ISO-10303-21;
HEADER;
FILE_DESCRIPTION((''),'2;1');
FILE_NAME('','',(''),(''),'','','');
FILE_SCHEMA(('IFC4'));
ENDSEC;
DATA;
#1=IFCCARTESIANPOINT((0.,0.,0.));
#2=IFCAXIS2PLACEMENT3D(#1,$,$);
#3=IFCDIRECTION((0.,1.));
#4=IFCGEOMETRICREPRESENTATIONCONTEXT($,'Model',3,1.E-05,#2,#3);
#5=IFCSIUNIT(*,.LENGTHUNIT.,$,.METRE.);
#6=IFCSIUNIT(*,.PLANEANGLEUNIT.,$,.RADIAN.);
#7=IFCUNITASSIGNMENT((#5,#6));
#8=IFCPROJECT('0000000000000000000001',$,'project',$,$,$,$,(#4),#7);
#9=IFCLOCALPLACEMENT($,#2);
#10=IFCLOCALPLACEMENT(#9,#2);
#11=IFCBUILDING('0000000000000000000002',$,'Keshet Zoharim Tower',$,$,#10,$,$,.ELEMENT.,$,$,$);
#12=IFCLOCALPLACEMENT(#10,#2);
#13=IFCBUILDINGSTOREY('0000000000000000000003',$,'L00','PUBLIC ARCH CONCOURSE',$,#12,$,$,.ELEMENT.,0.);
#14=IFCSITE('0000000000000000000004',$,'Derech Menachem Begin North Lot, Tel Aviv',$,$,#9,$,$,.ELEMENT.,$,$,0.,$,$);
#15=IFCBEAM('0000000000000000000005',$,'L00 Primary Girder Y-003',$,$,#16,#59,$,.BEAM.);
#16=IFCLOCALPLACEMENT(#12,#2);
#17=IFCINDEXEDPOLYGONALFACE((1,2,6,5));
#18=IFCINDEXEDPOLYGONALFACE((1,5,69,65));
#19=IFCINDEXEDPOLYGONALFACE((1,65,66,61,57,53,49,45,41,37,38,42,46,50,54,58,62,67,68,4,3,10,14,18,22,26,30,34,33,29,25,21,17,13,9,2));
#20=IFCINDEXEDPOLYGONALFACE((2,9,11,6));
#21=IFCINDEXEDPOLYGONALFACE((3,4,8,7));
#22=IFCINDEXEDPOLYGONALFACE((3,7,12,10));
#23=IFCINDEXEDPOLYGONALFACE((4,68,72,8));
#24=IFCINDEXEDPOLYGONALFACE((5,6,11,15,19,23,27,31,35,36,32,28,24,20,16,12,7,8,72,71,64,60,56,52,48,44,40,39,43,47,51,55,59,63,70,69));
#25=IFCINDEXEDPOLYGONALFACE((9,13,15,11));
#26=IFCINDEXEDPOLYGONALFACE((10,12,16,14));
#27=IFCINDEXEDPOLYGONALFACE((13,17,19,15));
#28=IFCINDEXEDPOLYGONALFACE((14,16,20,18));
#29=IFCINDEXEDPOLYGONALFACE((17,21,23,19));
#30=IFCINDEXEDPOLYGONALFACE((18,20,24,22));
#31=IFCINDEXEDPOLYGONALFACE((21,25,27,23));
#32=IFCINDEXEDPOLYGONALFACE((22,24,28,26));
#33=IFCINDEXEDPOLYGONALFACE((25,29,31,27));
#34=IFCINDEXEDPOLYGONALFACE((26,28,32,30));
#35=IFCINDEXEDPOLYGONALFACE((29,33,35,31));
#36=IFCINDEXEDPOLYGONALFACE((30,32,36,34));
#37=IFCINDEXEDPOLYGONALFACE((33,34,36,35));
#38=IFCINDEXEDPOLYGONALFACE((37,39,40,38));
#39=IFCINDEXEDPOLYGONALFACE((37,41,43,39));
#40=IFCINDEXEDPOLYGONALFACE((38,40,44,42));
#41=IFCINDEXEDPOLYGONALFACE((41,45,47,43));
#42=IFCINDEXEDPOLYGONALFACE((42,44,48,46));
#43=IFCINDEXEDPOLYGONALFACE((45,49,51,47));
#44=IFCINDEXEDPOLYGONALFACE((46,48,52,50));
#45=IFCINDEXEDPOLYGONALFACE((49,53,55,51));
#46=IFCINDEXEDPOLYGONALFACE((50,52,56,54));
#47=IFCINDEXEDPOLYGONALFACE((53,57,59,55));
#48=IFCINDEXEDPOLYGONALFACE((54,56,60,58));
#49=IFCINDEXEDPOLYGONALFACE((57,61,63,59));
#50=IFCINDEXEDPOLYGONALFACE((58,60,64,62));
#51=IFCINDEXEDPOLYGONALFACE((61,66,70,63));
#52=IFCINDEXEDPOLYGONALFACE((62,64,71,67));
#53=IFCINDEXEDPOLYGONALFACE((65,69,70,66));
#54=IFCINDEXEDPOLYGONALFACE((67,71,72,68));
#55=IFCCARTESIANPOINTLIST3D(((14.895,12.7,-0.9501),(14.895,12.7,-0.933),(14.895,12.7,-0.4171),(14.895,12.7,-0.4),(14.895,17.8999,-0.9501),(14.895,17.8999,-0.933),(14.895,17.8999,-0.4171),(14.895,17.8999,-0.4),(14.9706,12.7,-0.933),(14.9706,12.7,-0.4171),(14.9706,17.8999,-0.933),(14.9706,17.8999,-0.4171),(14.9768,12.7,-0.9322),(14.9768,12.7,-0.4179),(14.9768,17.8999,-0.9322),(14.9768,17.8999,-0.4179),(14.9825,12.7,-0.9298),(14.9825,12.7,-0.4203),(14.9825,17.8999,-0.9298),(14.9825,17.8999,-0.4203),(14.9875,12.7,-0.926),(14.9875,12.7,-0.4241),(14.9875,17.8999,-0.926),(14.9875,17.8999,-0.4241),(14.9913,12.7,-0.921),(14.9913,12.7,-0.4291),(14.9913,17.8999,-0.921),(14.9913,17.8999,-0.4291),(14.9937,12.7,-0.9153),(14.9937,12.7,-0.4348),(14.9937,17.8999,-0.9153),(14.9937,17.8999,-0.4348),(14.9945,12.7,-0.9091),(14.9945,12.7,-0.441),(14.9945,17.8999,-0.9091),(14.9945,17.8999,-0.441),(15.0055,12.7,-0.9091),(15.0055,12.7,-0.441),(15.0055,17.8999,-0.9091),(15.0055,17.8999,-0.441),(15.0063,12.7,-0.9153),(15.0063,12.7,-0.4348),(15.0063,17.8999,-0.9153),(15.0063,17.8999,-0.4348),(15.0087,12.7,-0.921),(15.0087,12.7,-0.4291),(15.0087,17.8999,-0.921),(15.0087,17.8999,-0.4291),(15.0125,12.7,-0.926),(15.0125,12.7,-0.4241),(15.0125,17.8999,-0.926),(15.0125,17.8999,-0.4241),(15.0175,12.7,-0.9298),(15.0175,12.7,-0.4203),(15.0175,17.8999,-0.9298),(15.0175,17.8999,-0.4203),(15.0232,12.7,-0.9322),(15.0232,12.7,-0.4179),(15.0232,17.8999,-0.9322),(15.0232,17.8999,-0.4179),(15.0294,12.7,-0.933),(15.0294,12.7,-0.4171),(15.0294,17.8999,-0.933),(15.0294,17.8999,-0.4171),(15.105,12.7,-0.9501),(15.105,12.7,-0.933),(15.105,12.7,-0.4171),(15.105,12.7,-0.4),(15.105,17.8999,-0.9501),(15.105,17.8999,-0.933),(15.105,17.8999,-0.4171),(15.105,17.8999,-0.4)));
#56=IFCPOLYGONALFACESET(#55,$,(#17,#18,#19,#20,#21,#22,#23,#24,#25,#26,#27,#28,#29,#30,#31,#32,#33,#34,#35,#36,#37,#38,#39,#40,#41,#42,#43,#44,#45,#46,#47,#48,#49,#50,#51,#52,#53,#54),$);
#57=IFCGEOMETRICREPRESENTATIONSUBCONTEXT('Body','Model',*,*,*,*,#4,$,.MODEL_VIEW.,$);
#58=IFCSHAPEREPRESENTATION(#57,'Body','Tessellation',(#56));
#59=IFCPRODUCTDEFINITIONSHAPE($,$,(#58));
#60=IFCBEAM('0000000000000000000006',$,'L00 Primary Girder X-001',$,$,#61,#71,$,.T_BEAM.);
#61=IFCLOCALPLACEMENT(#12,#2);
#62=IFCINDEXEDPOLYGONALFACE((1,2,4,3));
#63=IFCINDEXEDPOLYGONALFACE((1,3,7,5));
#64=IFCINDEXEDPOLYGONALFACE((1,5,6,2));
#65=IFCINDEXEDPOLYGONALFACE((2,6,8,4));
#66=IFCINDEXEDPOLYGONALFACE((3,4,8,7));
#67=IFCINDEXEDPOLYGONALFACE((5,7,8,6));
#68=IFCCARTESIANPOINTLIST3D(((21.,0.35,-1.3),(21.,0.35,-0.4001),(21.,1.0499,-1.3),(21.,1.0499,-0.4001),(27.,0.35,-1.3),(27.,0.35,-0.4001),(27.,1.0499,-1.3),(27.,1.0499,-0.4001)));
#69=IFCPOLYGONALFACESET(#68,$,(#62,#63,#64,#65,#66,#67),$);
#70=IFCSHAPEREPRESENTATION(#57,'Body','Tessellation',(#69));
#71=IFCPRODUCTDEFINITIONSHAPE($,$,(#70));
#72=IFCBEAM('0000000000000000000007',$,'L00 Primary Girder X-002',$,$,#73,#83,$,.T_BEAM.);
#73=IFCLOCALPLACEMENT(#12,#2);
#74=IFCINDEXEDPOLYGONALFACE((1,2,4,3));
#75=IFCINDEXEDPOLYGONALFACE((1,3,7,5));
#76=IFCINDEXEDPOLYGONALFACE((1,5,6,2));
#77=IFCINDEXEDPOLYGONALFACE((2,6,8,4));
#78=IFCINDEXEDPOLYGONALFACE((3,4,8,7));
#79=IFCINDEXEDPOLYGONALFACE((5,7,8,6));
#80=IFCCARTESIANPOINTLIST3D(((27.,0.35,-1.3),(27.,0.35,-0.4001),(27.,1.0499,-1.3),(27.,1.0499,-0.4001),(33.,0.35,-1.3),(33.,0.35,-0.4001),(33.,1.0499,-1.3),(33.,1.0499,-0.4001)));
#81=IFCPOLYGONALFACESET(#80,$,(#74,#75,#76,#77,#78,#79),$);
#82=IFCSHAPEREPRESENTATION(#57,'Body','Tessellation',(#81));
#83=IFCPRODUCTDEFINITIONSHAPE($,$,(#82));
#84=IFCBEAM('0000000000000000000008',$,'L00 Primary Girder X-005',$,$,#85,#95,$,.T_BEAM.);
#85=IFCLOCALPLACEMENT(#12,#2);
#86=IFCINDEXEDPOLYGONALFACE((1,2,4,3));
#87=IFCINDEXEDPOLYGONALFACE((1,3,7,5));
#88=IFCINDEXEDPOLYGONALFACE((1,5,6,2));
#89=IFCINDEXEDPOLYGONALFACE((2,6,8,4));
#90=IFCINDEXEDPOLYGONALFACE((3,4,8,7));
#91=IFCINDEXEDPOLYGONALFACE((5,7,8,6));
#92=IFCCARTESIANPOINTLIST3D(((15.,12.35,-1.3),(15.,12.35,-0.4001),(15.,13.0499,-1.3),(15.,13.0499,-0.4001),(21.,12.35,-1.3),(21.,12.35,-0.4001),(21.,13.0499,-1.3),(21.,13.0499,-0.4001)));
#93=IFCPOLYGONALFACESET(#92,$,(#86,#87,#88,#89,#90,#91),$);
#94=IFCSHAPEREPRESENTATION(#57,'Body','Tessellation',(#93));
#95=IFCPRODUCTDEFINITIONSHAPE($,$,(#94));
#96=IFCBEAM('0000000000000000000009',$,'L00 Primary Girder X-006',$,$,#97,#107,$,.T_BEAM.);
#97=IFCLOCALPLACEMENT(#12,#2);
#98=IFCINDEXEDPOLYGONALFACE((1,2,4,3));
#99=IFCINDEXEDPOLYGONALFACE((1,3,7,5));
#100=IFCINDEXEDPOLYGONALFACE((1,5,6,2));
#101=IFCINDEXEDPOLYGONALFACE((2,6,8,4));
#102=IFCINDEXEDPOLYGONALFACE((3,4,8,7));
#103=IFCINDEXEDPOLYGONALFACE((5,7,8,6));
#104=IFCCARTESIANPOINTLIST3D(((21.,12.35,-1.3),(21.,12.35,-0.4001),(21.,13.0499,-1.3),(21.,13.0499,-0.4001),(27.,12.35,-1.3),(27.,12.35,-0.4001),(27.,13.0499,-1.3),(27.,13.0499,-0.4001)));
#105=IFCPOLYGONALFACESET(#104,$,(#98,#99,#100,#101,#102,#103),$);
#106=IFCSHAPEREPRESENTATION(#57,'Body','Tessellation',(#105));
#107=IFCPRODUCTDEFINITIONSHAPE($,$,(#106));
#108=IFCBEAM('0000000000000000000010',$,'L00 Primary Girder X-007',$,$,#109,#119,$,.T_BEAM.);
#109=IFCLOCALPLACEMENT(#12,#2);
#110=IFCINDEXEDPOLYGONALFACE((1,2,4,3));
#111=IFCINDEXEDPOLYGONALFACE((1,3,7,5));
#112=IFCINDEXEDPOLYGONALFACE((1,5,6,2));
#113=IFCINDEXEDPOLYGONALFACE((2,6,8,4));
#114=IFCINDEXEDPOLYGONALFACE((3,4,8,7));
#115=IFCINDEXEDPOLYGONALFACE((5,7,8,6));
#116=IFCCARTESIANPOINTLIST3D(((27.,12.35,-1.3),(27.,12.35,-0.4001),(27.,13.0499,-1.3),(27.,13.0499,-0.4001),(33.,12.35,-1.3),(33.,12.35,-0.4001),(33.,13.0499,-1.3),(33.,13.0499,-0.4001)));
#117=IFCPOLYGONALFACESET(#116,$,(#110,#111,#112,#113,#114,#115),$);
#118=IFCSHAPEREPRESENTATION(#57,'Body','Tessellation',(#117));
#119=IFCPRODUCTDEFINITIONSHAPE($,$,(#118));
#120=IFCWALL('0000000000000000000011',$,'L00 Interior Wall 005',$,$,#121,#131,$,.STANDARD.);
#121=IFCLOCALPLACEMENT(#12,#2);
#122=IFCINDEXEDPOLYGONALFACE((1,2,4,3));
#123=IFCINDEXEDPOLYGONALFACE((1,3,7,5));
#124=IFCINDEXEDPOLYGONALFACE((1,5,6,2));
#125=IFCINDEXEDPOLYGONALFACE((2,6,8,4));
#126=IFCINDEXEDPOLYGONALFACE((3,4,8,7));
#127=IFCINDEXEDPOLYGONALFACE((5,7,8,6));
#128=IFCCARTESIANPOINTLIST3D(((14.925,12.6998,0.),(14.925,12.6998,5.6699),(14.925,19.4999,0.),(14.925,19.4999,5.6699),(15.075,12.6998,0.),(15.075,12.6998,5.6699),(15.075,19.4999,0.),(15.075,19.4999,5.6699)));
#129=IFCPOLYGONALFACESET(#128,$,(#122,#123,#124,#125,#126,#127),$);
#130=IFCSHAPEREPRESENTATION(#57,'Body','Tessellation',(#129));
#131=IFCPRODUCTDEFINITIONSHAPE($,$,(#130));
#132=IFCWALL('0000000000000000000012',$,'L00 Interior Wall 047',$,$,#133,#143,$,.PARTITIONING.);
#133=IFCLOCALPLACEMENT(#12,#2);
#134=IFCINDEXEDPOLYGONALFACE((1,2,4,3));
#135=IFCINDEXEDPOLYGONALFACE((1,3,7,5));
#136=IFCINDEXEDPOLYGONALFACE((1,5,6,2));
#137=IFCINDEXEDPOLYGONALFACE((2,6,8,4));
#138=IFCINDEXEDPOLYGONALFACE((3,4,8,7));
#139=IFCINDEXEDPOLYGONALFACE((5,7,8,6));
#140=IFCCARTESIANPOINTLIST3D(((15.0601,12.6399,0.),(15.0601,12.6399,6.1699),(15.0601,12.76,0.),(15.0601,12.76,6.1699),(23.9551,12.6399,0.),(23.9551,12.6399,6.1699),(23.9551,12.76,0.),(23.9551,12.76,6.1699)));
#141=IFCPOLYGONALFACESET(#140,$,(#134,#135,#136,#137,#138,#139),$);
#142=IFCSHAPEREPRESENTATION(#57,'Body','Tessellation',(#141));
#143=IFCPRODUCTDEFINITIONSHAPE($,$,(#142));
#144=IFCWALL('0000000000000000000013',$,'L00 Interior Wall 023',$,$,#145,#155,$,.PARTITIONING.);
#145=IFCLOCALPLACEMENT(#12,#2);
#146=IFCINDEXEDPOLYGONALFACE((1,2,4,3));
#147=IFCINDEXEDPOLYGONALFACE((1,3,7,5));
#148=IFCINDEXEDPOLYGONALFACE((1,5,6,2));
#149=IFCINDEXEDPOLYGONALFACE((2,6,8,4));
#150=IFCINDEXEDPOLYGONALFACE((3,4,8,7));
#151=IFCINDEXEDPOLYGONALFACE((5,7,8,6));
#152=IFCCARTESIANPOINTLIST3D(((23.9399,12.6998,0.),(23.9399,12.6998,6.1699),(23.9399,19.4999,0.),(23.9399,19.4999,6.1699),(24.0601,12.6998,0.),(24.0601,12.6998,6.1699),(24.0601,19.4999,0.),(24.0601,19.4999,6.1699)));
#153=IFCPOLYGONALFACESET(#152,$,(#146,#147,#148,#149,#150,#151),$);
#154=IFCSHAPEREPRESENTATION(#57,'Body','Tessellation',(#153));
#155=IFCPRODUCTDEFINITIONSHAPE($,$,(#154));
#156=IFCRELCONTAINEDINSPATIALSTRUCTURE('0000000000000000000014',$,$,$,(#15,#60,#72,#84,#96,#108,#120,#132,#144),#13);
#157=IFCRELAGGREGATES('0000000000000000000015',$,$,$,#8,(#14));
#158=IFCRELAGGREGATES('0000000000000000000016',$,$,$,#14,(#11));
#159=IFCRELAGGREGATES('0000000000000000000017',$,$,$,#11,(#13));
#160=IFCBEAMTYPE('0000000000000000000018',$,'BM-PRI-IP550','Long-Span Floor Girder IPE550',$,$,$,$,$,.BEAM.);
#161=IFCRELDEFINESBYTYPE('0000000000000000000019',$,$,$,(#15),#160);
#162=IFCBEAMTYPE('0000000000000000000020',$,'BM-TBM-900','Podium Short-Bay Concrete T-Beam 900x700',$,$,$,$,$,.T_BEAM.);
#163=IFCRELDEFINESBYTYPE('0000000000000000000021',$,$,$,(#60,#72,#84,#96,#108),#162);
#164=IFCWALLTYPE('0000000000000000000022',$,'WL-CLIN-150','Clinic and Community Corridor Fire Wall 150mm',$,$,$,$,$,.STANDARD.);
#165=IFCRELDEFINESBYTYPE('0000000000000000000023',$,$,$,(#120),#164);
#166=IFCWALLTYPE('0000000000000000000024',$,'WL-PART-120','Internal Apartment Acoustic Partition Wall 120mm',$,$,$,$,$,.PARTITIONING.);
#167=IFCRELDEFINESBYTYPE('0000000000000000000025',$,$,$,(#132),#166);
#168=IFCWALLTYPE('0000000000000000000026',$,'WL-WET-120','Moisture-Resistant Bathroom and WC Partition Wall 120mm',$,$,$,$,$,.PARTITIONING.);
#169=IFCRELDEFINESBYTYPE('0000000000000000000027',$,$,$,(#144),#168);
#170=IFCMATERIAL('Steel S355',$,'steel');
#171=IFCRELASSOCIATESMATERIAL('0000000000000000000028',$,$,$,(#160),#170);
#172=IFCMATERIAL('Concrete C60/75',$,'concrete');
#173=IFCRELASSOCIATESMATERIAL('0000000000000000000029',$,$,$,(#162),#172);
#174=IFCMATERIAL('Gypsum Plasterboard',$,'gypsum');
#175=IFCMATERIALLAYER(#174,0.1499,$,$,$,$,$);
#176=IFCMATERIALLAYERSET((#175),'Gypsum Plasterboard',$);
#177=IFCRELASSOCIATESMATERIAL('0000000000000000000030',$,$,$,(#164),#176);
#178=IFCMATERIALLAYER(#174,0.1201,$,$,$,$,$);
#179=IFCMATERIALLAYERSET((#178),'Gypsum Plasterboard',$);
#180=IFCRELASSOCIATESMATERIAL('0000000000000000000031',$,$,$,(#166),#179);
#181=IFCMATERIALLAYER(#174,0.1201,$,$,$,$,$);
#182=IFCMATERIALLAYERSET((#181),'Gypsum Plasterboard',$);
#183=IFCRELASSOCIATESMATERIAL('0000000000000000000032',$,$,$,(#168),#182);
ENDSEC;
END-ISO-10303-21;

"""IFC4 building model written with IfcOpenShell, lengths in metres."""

from ifc_helpers import new_model, si_unit, direction, frame, frame_2d, origin, origin_2d, place, context, subcontext, project, spatial, rectangle, i_section, extrude, material, layer, layer_set, material_profile, profile_set, type_object, element, save


model = new_model("IFC4")

# Units and contexts
model_context = context("Model", 3, precision=1e-05, world=origin(), true_north=direction((0.0, 1.0)))
body_context = subcontext(model_context, "Body", "Model", "MODEL_VIEW")
ifc_project = project(units=[si_unit("LENGTHUNIT", "METRE"), si_unit("PLANEANGLEUNIT", "RADIAN")], contexts=[model_context])

# Site, building, storey
site_placement = place(None, origin())
site = spatial("IfcSite", under=ifc_project, at=site_placement, Name="Derech Menachem Begin North Lot, Tel Aviv", CompositionType="ELEMENT", RefElevation=0.0)
building_placement = place(site_placement, origin())
building = spatial("IfcBuilding", under=site, at=building_placement, Name="Keshet Zoharim Tower", CompositionType="ELEMENT")
storey_placement = place(building_placement, origin())
storey = spatial("IfcBuildingStorey", under=building, at=storey_placement, Name="L00", Description="PUBLIC ARCH CONCOURSE", CompositionType="ELEMENT", Elevation=0.0)

# Shared definitions
ifc_material_1 = material(Name="Concrete C60/75", Category="concrete")

# Beams
ifc_material_2 = material(Name="Steel S355", Category="steel")
ifc_material_profile_1 = material_profile(ifc_material_2, i_section(OverallWidth=0.21, OverallDepth=0.55, WebThickness=0.011, FlangeThickness=0.0171, FilletRadius=0.0239, at=origin_2d()), Name="IPE550")
ifc_profile_set_1 = profile_set([ifc_material_profile_1], Name="Steel S355")
beam_type_1 = type_object("IfcBeamType", Name="BM-PRI-IP550", Description="Long-Span Floor Girder IPE550", PredefinedType="BEAM", material=ifc_profile_set_1)
beam_placement = place(storey_placement, frame((15.0, 12.7, -0.675), z_axis=(0.0, 1.0, 0.0), x_axis=(-1.0, 0.0, 0.0)))
element("IfcBeam", 1, at=beam_placement, inside=storey, type_object=beam_type_1, Name="L00 Primary Girder Y-003", PredefinedType="BEAM", context=body_context, shape_type="SweptSolid", body=[
    extrude(i_section(OverallWidth=0.21, OverallDepth=0.55, WebThickness=0.011, FlangeThickness=0.0171, FilletRadius=0.0239, at=origin_2d()), origin(), (0.0, 0.0, 1.0), 5.2),
])
ifc_material_profile_2 = material_profile(ifc_material_1, rectangle(XDim=0.7, YDim=0.8999, at=origin_2d()), Name="RC900x700")
ifc_profile_set_2 = profile_set([ifc_material_profile_2], Name="Concrete C60/75")
beam_type_2 = type_object("IfcBeamType", Name="BM-TBM-900", Description="Podium Short-Bay Concrete T-Beam 900x700", PredefinedType="T_BEAM", material=ifc_profile_set_2)
for number, where, z_axis, x_axis, name in (
    (2, (21.0, 0.7, -0.8501), (1.0, 0.0, 0.0), (0.0, 1.0, 0.0), "L00 Primary Girder X-001"),
    (3, (27.0, 0.7, -0.8501), (1.0, 0.0, 0.0), (0.0, 1.0, 0.0), "L00 Primary Girder X-002"),
    (4, (15.0, 12.7, -0.8501), (1.0, 0.0, 0.0), (0.0, 1.0, 0.0), "L00 Primary Girder X-005"),
    (5, (21.0, 12.7, -0.8501), (1.0, 0.0, 0.0), (0.0, 1.0, 0.0), "L00 Primary Girder X-006"),
    (6, (27.0, 12.7, -0.8501), (1.0, 0.0, 0.0), (0.0, 1.0, 0.0), "L00 Primary Girder X-007"),
):
    element("IfcBeam", number, at=place(storey_placement, frame(where, z_axis=z_axis, x_axis=x_axis)), inside=storey, type_object=beam_type_2, Name=name, PredefinedType="T_BEAM", context=body_context, shape_type="SweptSolid", body=[
        extrude(rectangle(XDim=0.7, YDim=0.8999, at=origin_2d()), origin(), (0.0, 0.0, 1.0), 6.0),
    ])

# Walls
ifc_material_3 = material(Name="Gypsum Plasterboard", Category="gypsum")
ifc_layer_1 = layer(ifc_material_3, 0.1499)
ifc_layer_set_1 = layer_set([ifc_layer_1], Name="Gypsum Plasterboard")
wall_type_1 = type_object("IfcWallType", Name="WL-CLIN-150", Description="Clinic and Community Corridor Fire Wall 150mm", PredefinedType="STANDARD", material=ifc_layer_set_1)
wall_1_placement = place(storey_placement, frame((15.0, 12.7, 0.0), z_axis=(0.0, 0.0, 1.0), x_axis=(0.0, 1.0, 0.0)))
element("IfcWall", 7, at=wall_1_placement, inside=storey, type_object=wall_type_1, Name="L00 Interior Wall 005", PredefinedType="STANDARD", context=body_context, shape_type="SweptSolid", body=[
    extrude(rectangle(XDim=6.8, YDim=0.1499, at=frame_2d((3.3999, 0.0))), origin(), (0.0, 0.0, 1.0), 5.6699),
])
ifc_layer_2 = layer(ifc_material_3, 0.1201)
ifc_layer_set_2 = layer_set([ifc_layer_2], Name="Gypsum Plasterboard")
wall_type_2 = type_object("IfcWallType", Name="WL-PART-120", Description="Internal Apartment Acoustic Partition Wall 120mm", PredefinedType="PARTITIONING", material=ifc_layer_set_2)
wall_2_placement = place(storey_placement, frame((15.0601, 12.7, 0.0), z_axis=(0.0, 0.0, 1.0), x_axis=(1.0, 0.0, 0.0)))
element("IfcWall", 8, at=wall_2_placement, inside=storey, type_object=wall_type_2, Name="L00 Interior Wall 047", PredefinedType="PARTITIONING", context=body_context, shape_type="SweptSolid", body=[
    extrude(rectangle(XDim=8.895, YDim=0.1201, at=frame_2d((4.4475, 0.0))), origin(), (0.0, 0.0, 1.0), 6.1699),
])
ifc_layer_3 = layer(ifc_material_3, 0.1201)
ifc_layer_set_3 = layer_set([ifc_layer_3], Name="Gypsum Plasterboard")
wall_type_3 = type_object("IfcWallType", Name="WL-WET-120", Description="Moisture-Resistant Bathroom and WC Partition Wall 120mm", PredefinedType="PARTITIONING", material=ifc_layer_set_3)
wall_3_placement = place(storey_placement, frame((24.0, 12.7, 0.0), z_axis=(0.0, 0.0, 1.0), x_axis=(0.0, 1.0, 0.0)))
element("IfcWall", 9, at=wall_3_placement, inside=storey, type_object=wall_type_3, Name="L00 Interior Wall 023", PredefinedType="PARTITIONING", context=body_context, shape_type="SweptSolid", body=[
    extrude(rectangle(XDim=6.8, YDim=0.1201, at=frame_2d((3.3999, 0.0))), origin(), (0.0, 0.0, 1.0), 6.1699),
])

save(model, "model.ifc")
